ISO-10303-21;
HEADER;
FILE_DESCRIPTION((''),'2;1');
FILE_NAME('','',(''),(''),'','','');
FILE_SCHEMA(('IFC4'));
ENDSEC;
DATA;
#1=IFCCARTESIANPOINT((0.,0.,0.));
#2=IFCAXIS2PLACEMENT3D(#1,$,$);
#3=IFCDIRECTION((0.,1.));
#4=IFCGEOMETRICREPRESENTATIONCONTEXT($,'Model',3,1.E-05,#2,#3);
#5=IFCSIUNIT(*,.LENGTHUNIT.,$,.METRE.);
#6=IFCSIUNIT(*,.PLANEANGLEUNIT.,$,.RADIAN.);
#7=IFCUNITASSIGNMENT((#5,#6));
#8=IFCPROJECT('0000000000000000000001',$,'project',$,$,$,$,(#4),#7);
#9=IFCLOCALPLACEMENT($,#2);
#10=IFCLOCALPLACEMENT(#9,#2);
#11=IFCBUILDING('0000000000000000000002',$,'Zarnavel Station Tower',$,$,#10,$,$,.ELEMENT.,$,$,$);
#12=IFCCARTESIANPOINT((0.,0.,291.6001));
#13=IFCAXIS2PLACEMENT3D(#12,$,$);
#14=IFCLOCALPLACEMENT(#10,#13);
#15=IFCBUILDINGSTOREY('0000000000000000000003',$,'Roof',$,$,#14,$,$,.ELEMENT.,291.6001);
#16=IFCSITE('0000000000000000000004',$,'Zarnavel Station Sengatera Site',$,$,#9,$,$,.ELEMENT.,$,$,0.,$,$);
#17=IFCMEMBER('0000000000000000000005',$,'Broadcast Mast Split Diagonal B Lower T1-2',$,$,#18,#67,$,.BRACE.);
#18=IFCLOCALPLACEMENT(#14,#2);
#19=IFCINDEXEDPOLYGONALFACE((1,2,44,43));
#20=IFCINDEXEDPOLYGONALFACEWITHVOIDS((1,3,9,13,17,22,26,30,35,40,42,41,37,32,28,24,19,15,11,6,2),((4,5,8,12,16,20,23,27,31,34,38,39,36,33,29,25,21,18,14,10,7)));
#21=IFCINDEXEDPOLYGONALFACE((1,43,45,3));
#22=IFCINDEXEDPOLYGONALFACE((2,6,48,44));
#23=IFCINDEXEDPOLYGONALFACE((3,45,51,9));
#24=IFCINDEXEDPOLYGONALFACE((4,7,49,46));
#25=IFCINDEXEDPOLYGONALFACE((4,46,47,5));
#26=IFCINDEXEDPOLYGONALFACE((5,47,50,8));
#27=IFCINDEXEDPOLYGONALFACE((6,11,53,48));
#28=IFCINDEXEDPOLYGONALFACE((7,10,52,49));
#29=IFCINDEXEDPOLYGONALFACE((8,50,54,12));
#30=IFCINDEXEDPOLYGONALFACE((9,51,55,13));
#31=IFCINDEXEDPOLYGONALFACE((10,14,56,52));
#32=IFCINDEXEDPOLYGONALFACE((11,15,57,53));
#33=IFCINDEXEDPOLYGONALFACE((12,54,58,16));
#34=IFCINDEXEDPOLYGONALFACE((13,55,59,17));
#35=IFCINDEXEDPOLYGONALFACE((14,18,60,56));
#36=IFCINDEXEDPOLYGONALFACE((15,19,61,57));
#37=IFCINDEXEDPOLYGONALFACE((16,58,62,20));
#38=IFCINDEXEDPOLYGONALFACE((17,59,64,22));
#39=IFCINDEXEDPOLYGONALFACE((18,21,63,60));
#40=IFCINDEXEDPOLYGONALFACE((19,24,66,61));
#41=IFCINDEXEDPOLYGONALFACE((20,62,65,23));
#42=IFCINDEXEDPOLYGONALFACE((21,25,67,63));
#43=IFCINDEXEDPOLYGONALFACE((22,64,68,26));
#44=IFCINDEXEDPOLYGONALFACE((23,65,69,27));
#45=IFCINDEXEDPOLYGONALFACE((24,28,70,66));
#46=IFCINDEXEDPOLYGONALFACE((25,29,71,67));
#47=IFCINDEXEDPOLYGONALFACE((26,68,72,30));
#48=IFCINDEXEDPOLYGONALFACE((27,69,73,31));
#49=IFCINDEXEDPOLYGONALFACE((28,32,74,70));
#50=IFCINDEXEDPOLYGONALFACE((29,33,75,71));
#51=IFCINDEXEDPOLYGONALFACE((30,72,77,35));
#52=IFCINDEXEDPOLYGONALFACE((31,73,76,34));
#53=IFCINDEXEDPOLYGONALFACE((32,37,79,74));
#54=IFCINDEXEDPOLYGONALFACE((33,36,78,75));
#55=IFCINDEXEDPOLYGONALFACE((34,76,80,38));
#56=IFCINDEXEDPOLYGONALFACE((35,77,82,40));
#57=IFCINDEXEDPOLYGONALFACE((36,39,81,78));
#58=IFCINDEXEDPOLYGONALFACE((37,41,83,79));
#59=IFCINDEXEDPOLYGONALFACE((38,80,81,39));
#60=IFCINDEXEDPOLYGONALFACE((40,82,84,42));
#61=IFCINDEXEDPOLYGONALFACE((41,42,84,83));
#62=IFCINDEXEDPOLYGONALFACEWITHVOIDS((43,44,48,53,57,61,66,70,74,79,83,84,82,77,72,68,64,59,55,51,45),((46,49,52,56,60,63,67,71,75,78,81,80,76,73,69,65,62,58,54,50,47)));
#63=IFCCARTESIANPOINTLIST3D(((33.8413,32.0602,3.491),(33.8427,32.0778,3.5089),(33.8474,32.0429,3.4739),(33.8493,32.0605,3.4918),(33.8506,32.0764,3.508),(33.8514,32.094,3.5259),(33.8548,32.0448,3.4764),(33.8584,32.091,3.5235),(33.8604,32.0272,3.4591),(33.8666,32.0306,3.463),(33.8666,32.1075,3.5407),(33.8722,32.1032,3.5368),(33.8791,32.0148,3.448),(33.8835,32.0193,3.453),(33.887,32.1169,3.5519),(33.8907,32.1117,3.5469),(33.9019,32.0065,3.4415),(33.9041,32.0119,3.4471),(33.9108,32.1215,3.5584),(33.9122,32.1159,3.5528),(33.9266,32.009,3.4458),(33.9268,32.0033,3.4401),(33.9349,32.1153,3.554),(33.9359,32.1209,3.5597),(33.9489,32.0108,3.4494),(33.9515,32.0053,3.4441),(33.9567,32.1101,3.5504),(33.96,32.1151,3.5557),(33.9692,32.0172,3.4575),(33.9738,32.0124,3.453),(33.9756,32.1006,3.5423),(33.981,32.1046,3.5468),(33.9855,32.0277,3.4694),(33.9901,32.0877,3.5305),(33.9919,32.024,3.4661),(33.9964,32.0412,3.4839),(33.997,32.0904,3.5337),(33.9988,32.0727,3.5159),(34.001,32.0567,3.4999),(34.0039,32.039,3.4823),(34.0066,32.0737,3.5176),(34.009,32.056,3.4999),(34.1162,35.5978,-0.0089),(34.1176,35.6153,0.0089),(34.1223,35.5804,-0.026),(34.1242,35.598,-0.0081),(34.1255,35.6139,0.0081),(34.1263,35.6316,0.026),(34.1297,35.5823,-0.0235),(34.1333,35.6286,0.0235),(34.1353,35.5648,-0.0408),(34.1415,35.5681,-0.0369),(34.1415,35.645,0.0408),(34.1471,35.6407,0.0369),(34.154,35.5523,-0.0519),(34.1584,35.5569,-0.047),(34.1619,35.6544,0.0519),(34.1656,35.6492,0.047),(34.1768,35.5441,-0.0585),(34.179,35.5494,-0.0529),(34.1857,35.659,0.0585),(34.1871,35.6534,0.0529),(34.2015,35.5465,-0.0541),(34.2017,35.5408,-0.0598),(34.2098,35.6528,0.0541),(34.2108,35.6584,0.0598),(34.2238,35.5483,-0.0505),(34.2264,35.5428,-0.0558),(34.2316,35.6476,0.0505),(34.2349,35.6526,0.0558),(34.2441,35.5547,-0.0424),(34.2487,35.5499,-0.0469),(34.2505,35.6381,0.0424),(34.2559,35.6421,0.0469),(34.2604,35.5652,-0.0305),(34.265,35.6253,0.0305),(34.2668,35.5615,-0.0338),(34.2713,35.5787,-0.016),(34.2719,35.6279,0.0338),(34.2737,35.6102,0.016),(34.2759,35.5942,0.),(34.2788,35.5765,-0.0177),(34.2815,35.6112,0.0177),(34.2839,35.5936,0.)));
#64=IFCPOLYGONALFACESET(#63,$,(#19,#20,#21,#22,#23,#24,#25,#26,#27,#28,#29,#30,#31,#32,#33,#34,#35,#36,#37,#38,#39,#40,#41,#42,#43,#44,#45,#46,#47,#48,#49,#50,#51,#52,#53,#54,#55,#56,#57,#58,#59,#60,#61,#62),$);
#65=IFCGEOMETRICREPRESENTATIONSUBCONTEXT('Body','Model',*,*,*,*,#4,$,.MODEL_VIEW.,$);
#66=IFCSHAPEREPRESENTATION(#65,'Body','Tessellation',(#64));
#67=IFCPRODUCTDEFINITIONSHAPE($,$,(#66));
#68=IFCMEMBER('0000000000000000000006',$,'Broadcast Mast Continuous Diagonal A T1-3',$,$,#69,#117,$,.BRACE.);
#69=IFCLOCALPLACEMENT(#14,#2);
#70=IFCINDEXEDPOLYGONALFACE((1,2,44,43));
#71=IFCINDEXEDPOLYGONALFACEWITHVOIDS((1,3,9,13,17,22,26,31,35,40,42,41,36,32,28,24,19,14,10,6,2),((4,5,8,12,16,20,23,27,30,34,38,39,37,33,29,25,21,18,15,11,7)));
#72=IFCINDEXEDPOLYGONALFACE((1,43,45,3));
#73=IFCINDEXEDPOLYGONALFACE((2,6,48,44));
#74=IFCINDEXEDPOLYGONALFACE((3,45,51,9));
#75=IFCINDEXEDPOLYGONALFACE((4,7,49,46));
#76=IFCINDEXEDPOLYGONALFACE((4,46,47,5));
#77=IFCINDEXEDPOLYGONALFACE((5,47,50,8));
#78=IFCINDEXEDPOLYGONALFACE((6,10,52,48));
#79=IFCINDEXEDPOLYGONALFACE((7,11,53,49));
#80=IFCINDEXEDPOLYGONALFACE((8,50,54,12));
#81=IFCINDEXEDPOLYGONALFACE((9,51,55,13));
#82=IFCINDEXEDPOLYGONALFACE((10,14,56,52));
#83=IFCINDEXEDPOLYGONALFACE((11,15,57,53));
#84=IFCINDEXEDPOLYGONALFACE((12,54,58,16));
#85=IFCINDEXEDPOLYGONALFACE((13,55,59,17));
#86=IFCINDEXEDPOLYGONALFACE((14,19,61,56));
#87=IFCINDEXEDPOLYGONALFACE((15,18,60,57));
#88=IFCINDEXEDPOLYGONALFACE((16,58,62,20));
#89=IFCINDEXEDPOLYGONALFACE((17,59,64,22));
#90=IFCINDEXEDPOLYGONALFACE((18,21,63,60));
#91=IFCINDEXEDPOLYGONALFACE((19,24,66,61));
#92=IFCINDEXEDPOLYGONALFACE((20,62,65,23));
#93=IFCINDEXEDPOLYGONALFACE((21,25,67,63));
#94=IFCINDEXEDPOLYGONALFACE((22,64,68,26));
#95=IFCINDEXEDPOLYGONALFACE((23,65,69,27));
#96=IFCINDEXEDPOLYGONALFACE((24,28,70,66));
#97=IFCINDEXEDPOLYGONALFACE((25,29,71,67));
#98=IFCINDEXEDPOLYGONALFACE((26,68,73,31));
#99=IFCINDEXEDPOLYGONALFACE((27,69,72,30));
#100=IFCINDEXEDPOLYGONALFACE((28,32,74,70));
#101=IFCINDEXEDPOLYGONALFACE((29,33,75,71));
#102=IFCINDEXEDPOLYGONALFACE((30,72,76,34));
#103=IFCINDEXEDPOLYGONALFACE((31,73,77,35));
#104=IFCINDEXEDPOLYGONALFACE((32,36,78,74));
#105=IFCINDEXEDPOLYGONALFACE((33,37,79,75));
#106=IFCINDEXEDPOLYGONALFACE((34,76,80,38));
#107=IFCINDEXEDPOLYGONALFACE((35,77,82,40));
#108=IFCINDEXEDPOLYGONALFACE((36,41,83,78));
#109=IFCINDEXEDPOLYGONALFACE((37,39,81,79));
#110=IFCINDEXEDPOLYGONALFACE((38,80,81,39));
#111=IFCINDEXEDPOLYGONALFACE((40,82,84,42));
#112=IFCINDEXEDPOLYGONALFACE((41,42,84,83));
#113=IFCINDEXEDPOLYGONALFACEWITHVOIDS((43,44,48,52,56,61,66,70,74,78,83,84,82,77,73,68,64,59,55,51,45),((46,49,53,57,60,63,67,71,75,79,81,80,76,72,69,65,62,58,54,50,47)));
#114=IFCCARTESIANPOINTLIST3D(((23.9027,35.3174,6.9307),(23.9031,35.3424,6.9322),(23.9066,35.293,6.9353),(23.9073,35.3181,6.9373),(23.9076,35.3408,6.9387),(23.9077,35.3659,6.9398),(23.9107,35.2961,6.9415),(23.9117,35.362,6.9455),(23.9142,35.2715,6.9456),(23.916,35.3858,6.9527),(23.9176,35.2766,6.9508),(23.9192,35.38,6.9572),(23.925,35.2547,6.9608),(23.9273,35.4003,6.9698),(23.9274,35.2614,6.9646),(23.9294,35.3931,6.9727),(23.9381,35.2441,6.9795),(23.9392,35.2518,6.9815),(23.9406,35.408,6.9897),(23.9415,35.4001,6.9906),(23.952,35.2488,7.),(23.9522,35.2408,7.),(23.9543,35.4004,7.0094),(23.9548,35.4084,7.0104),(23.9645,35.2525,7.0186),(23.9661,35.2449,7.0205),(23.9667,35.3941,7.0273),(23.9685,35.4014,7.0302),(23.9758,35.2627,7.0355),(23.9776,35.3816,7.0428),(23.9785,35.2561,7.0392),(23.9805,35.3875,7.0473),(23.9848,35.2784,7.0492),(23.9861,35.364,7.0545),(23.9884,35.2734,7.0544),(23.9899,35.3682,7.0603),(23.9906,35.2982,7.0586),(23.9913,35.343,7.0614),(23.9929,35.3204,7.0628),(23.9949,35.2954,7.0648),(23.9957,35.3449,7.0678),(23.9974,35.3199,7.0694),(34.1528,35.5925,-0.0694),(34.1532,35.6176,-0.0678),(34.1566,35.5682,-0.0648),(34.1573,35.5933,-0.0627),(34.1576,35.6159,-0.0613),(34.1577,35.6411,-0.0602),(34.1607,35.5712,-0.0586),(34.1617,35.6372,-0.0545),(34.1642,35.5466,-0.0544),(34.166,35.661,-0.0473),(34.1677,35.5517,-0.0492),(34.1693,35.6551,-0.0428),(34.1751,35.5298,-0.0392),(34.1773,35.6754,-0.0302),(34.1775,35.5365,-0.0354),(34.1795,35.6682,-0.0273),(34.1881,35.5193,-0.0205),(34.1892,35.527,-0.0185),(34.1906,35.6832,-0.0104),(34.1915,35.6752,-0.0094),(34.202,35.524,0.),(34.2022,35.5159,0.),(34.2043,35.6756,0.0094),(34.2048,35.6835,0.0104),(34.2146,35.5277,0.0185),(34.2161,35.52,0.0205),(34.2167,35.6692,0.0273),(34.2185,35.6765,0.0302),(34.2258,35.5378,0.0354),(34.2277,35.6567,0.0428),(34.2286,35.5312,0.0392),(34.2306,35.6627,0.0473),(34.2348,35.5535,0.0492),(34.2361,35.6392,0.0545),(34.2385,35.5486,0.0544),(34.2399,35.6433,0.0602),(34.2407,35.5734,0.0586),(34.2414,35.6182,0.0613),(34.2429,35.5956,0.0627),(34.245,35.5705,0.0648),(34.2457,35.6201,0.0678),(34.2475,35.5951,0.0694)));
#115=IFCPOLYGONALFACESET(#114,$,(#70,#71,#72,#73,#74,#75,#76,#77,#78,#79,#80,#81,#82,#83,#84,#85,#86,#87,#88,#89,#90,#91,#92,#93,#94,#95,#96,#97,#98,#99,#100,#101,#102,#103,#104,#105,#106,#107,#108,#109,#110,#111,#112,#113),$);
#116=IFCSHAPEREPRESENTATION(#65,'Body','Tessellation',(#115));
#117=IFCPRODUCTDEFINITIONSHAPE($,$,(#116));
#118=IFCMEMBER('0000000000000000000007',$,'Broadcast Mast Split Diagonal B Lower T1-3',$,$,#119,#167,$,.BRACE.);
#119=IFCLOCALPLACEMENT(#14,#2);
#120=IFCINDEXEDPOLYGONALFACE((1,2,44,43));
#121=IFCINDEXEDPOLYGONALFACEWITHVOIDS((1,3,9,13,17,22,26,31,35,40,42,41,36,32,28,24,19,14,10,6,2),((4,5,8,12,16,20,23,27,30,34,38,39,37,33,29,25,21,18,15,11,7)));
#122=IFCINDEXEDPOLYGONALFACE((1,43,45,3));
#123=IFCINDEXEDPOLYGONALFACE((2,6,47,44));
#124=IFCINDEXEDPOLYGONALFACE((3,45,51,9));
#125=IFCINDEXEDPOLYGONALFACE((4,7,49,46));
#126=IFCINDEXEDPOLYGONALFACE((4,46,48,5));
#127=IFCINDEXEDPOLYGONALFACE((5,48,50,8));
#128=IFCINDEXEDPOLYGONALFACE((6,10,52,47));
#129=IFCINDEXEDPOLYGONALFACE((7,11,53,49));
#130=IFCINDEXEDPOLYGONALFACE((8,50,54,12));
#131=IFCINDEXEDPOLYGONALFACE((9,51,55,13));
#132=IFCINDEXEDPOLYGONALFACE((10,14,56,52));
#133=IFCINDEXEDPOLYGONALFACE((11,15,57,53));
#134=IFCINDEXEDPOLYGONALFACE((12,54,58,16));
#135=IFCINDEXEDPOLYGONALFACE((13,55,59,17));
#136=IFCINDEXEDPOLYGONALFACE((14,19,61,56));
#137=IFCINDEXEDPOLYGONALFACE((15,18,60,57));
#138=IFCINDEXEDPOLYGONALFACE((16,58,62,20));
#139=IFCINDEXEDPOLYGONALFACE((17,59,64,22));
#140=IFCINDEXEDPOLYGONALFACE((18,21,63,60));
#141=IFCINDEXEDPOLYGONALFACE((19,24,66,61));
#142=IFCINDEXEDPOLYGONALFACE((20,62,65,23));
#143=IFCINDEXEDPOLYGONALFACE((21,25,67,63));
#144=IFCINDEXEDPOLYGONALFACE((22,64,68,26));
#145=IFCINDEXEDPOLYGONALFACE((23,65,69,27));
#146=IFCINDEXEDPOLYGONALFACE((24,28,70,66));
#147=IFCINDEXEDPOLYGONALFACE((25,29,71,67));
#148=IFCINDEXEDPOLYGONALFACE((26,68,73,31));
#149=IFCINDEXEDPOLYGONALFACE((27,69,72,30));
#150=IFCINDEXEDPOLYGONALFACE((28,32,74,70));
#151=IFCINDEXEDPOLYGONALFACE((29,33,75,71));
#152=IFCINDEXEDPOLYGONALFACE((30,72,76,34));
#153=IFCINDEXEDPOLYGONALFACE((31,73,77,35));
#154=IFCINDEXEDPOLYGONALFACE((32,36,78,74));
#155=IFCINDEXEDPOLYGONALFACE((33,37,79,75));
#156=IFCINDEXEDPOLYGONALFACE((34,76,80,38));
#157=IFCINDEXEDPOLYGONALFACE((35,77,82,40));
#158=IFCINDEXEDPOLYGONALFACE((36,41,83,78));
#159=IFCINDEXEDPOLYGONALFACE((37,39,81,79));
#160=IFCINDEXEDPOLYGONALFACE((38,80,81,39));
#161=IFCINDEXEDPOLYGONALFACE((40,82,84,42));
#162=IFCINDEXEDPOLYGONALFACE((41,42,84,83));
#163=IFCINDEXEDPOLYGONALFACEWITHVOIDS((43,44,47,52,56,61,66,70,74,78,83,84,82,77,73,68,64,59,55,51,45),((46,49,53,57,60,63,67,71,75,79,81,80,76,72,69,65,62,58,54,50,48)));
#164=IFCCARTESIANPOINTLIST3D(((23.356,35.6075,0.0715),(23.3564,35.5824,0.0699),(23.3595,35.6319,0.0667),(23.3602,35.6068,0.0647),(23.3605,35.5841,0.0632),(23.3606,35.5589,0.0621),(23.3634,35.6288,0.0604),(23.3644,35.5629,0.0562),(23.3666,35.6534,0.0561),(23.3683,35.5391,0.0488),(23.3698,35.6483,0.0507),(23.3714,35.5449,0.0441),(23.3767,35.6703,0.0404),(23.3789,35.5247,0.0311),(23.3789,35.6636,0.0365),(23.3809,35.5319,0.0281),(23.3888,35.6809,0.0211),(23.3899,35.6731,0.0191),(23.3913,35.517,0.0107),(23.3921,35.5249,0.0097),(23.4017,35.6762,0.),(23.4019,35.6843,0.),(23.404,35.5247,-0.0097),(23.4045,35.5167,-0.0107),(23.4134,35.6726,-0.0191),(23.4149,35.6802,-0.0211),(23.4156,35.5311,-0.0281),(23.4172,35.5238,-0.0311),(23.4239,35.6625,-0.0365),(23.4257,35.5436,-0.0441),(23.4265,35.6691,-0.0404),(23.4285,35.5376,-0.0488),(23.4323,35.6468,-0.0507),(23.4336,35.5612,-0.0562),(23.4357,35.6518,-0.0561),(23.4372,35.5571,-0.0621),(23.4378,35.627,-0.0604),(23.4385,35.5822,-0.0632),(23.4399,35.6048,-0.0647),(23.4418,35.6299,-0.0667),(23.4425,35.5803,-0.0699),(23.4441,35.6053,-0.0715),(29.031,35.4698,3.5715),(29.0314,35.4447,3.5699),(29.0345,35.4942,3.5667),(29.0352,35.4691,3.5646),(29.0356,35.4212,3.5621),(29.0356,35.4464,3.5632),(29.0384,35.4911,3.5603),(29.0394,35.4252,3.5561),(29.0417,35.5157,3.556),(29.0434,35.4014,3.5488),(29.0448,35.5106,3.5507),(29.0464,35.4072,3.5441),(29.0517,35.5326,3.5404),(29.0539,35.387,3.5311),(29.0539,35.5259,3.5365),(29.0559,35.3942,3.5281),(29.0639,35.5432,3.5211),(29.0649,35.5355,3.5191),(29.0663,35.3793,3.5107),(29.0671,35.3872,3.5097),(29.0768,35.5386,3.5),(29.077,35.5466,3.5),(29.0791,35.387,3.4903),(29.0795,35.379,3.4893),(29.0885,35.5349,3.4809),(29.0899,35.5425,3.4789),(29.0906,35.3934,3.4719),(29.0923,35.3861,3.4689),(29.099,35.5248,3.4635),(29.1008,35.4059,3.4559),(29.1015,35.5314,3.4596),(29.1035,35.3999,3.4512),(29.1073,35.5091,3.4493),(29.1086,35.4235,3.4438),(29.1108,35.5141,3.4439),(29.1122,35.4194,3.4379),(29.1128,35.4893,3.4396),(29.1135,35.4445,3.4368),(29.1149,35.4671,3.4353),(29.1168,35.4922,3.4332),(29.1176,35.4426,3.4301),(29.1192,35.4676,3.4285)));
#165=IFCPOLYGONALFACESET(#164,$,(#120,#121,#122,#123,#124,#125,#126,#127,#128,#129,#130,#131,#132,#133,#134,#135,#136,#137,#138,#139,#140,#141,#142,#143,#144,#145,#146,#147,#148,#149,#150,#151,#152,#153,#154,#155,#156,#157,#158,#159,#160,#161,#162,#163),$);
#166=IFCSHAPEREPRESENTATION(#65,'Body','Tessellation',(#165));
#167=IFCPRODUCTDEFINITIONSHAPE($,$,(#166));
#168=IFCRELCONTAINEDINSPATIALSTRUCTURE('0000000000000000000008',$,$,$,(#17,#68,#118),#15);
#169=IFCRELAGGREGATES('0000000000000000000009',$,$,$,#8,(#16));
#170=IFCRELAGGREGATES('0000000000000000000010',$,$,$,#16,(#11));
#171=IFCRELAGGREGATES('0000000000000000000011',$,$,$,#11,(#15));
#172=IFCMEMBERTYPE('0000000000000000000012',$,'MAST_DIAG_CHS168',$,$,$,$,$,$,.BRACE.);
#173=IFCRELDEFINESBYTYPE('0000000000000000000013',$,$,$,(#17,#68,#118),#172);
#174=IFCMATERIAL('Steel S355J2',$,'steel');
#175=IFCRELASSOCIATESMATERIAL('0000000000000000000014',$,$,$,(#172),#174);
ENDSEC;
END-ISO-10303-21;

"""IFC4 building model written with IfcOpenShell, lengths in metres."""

from ifc_helpers import new_model, si_unit, direction, frame, origin, origin_2d, place, context, subcontext, project, spatial, hollow_circle, extrude, material, material_profile, profile_set, type_object, element, save


model = new_model("IFC4")

# Units and contexts
model_context = context("Model", 3, precision=1e-05, world=origin(), true_north=direction((0.0, 1.0)))
body_context = subcontext(model_context, "Body", "Model", "MODEL_VIEW")
ifc_project = project(units=[si_unit("LENGTHUNIT", "METRE"), si_unit("PLANEANGLEUNIT", "RADIAN")], contexts=[model_context])

# Site, building, storey
site_placement = place(None, origin())
site = spatial("IfcSite", under=ifc_project, at=site_placement, Name="Zarnavel Station Sengatera Site", CompositionType="ELEMENT", RefElevation=0.0)
building_placement = place(site_placement, origin())
building = spatial("IfcBuilding", under=site, at=building_placement, Name="Zarnavel Station Tower", CompositionType="ELEMENT")
storey_placement = place(building_placement, frame((0.0, 0.0, 291.6001)))
storey = spatial("IfcBuildingStorey", under=building, at=storey_placement, Name="Roof", CompositionType="ELEMENT", Elevation=291.6001)

# Members
ifc_material_1 = material(Name="Steel S355J2", Category="steel")
ifc_material_profile_1 = material_profile(ifc_material_1, hollow_circle(Radius=0.0842, WallThickness=0.0081, at=origin_2d()), Name="CHS168.3x8")
ifc_profile_set_1 = profile_set([ifc_material_profile_1], Name="Steel S355J2")
member_type_1 = type_object("IfcMemberType", Name="MAST_DIAG_CHS168", PredefinedType="BRACE", material=ifc_profile_set_1)
member_1_placement = place(storey_placement, frame((34.2, 35.6001, 0.0), z_axis=(-0.055157, -0.709792, 0.702248), x_axis=(0.996994, -0.077475, 0.0)))
element("IfcMember", 1, at=member_1_placement, inside=storey, type_object=member_type_1, Name="Broadcast Mast Split Diagonal B Lower T1-2", PredefinedType="BRACE", context=body_context, shape_type="SweptSolid", body=[
    extrude(hollow_circle(Radius=0.0842, WallThickness=0.0081, at=origin_2d()), origin(), (0.0, 0.0, 1.0), 4.9839),
])
member_2_placement = place(storey_placement, frame((34.2, 35.6001, 0.0), z_axis=(-0.825598, -0.022162, 0.563823), x_axis=(0.026834, -0.99964, 0.0)))
element("IfcMember", 2, at=member_2_placement, inside=storey, type_object=member_type_1, Name="Broadcast Mast Continuous Diagonal A T1-3", PredefinedType="BRACE", context=body_context, shape_type="SweptSolid", body=[
    extrude(hollow_circle(Radius=0.0842, WallThickness=0.0081, at=origin_2d()), origin(), (0.0, 0.0, 1.0), 12.4153),
])
member_3_placement = place(storey_placement, frame((23.3999, 35.6001, 0.0), z_axis=(0.850964, -0.020647, 0.524819), x_axis=(0.024256, 0.999706, 0.0)))
element("IfcMember", 3, at=member_3_placement, inside=storey, type_object=member_type_1, Name="Broadcast Mast Split Diagonal B Lower T1-3", PredefinedType="BRACE", context=body_context, shape_type="SweptSolid", body=[
    extrude(hollow_circle(Radius=0.0842, WallThickness=0.0081, at=origin_2d()), origin(), (0.0, 0.0, 1.0), 6.6689),
])

save(model, "model.ifc")
